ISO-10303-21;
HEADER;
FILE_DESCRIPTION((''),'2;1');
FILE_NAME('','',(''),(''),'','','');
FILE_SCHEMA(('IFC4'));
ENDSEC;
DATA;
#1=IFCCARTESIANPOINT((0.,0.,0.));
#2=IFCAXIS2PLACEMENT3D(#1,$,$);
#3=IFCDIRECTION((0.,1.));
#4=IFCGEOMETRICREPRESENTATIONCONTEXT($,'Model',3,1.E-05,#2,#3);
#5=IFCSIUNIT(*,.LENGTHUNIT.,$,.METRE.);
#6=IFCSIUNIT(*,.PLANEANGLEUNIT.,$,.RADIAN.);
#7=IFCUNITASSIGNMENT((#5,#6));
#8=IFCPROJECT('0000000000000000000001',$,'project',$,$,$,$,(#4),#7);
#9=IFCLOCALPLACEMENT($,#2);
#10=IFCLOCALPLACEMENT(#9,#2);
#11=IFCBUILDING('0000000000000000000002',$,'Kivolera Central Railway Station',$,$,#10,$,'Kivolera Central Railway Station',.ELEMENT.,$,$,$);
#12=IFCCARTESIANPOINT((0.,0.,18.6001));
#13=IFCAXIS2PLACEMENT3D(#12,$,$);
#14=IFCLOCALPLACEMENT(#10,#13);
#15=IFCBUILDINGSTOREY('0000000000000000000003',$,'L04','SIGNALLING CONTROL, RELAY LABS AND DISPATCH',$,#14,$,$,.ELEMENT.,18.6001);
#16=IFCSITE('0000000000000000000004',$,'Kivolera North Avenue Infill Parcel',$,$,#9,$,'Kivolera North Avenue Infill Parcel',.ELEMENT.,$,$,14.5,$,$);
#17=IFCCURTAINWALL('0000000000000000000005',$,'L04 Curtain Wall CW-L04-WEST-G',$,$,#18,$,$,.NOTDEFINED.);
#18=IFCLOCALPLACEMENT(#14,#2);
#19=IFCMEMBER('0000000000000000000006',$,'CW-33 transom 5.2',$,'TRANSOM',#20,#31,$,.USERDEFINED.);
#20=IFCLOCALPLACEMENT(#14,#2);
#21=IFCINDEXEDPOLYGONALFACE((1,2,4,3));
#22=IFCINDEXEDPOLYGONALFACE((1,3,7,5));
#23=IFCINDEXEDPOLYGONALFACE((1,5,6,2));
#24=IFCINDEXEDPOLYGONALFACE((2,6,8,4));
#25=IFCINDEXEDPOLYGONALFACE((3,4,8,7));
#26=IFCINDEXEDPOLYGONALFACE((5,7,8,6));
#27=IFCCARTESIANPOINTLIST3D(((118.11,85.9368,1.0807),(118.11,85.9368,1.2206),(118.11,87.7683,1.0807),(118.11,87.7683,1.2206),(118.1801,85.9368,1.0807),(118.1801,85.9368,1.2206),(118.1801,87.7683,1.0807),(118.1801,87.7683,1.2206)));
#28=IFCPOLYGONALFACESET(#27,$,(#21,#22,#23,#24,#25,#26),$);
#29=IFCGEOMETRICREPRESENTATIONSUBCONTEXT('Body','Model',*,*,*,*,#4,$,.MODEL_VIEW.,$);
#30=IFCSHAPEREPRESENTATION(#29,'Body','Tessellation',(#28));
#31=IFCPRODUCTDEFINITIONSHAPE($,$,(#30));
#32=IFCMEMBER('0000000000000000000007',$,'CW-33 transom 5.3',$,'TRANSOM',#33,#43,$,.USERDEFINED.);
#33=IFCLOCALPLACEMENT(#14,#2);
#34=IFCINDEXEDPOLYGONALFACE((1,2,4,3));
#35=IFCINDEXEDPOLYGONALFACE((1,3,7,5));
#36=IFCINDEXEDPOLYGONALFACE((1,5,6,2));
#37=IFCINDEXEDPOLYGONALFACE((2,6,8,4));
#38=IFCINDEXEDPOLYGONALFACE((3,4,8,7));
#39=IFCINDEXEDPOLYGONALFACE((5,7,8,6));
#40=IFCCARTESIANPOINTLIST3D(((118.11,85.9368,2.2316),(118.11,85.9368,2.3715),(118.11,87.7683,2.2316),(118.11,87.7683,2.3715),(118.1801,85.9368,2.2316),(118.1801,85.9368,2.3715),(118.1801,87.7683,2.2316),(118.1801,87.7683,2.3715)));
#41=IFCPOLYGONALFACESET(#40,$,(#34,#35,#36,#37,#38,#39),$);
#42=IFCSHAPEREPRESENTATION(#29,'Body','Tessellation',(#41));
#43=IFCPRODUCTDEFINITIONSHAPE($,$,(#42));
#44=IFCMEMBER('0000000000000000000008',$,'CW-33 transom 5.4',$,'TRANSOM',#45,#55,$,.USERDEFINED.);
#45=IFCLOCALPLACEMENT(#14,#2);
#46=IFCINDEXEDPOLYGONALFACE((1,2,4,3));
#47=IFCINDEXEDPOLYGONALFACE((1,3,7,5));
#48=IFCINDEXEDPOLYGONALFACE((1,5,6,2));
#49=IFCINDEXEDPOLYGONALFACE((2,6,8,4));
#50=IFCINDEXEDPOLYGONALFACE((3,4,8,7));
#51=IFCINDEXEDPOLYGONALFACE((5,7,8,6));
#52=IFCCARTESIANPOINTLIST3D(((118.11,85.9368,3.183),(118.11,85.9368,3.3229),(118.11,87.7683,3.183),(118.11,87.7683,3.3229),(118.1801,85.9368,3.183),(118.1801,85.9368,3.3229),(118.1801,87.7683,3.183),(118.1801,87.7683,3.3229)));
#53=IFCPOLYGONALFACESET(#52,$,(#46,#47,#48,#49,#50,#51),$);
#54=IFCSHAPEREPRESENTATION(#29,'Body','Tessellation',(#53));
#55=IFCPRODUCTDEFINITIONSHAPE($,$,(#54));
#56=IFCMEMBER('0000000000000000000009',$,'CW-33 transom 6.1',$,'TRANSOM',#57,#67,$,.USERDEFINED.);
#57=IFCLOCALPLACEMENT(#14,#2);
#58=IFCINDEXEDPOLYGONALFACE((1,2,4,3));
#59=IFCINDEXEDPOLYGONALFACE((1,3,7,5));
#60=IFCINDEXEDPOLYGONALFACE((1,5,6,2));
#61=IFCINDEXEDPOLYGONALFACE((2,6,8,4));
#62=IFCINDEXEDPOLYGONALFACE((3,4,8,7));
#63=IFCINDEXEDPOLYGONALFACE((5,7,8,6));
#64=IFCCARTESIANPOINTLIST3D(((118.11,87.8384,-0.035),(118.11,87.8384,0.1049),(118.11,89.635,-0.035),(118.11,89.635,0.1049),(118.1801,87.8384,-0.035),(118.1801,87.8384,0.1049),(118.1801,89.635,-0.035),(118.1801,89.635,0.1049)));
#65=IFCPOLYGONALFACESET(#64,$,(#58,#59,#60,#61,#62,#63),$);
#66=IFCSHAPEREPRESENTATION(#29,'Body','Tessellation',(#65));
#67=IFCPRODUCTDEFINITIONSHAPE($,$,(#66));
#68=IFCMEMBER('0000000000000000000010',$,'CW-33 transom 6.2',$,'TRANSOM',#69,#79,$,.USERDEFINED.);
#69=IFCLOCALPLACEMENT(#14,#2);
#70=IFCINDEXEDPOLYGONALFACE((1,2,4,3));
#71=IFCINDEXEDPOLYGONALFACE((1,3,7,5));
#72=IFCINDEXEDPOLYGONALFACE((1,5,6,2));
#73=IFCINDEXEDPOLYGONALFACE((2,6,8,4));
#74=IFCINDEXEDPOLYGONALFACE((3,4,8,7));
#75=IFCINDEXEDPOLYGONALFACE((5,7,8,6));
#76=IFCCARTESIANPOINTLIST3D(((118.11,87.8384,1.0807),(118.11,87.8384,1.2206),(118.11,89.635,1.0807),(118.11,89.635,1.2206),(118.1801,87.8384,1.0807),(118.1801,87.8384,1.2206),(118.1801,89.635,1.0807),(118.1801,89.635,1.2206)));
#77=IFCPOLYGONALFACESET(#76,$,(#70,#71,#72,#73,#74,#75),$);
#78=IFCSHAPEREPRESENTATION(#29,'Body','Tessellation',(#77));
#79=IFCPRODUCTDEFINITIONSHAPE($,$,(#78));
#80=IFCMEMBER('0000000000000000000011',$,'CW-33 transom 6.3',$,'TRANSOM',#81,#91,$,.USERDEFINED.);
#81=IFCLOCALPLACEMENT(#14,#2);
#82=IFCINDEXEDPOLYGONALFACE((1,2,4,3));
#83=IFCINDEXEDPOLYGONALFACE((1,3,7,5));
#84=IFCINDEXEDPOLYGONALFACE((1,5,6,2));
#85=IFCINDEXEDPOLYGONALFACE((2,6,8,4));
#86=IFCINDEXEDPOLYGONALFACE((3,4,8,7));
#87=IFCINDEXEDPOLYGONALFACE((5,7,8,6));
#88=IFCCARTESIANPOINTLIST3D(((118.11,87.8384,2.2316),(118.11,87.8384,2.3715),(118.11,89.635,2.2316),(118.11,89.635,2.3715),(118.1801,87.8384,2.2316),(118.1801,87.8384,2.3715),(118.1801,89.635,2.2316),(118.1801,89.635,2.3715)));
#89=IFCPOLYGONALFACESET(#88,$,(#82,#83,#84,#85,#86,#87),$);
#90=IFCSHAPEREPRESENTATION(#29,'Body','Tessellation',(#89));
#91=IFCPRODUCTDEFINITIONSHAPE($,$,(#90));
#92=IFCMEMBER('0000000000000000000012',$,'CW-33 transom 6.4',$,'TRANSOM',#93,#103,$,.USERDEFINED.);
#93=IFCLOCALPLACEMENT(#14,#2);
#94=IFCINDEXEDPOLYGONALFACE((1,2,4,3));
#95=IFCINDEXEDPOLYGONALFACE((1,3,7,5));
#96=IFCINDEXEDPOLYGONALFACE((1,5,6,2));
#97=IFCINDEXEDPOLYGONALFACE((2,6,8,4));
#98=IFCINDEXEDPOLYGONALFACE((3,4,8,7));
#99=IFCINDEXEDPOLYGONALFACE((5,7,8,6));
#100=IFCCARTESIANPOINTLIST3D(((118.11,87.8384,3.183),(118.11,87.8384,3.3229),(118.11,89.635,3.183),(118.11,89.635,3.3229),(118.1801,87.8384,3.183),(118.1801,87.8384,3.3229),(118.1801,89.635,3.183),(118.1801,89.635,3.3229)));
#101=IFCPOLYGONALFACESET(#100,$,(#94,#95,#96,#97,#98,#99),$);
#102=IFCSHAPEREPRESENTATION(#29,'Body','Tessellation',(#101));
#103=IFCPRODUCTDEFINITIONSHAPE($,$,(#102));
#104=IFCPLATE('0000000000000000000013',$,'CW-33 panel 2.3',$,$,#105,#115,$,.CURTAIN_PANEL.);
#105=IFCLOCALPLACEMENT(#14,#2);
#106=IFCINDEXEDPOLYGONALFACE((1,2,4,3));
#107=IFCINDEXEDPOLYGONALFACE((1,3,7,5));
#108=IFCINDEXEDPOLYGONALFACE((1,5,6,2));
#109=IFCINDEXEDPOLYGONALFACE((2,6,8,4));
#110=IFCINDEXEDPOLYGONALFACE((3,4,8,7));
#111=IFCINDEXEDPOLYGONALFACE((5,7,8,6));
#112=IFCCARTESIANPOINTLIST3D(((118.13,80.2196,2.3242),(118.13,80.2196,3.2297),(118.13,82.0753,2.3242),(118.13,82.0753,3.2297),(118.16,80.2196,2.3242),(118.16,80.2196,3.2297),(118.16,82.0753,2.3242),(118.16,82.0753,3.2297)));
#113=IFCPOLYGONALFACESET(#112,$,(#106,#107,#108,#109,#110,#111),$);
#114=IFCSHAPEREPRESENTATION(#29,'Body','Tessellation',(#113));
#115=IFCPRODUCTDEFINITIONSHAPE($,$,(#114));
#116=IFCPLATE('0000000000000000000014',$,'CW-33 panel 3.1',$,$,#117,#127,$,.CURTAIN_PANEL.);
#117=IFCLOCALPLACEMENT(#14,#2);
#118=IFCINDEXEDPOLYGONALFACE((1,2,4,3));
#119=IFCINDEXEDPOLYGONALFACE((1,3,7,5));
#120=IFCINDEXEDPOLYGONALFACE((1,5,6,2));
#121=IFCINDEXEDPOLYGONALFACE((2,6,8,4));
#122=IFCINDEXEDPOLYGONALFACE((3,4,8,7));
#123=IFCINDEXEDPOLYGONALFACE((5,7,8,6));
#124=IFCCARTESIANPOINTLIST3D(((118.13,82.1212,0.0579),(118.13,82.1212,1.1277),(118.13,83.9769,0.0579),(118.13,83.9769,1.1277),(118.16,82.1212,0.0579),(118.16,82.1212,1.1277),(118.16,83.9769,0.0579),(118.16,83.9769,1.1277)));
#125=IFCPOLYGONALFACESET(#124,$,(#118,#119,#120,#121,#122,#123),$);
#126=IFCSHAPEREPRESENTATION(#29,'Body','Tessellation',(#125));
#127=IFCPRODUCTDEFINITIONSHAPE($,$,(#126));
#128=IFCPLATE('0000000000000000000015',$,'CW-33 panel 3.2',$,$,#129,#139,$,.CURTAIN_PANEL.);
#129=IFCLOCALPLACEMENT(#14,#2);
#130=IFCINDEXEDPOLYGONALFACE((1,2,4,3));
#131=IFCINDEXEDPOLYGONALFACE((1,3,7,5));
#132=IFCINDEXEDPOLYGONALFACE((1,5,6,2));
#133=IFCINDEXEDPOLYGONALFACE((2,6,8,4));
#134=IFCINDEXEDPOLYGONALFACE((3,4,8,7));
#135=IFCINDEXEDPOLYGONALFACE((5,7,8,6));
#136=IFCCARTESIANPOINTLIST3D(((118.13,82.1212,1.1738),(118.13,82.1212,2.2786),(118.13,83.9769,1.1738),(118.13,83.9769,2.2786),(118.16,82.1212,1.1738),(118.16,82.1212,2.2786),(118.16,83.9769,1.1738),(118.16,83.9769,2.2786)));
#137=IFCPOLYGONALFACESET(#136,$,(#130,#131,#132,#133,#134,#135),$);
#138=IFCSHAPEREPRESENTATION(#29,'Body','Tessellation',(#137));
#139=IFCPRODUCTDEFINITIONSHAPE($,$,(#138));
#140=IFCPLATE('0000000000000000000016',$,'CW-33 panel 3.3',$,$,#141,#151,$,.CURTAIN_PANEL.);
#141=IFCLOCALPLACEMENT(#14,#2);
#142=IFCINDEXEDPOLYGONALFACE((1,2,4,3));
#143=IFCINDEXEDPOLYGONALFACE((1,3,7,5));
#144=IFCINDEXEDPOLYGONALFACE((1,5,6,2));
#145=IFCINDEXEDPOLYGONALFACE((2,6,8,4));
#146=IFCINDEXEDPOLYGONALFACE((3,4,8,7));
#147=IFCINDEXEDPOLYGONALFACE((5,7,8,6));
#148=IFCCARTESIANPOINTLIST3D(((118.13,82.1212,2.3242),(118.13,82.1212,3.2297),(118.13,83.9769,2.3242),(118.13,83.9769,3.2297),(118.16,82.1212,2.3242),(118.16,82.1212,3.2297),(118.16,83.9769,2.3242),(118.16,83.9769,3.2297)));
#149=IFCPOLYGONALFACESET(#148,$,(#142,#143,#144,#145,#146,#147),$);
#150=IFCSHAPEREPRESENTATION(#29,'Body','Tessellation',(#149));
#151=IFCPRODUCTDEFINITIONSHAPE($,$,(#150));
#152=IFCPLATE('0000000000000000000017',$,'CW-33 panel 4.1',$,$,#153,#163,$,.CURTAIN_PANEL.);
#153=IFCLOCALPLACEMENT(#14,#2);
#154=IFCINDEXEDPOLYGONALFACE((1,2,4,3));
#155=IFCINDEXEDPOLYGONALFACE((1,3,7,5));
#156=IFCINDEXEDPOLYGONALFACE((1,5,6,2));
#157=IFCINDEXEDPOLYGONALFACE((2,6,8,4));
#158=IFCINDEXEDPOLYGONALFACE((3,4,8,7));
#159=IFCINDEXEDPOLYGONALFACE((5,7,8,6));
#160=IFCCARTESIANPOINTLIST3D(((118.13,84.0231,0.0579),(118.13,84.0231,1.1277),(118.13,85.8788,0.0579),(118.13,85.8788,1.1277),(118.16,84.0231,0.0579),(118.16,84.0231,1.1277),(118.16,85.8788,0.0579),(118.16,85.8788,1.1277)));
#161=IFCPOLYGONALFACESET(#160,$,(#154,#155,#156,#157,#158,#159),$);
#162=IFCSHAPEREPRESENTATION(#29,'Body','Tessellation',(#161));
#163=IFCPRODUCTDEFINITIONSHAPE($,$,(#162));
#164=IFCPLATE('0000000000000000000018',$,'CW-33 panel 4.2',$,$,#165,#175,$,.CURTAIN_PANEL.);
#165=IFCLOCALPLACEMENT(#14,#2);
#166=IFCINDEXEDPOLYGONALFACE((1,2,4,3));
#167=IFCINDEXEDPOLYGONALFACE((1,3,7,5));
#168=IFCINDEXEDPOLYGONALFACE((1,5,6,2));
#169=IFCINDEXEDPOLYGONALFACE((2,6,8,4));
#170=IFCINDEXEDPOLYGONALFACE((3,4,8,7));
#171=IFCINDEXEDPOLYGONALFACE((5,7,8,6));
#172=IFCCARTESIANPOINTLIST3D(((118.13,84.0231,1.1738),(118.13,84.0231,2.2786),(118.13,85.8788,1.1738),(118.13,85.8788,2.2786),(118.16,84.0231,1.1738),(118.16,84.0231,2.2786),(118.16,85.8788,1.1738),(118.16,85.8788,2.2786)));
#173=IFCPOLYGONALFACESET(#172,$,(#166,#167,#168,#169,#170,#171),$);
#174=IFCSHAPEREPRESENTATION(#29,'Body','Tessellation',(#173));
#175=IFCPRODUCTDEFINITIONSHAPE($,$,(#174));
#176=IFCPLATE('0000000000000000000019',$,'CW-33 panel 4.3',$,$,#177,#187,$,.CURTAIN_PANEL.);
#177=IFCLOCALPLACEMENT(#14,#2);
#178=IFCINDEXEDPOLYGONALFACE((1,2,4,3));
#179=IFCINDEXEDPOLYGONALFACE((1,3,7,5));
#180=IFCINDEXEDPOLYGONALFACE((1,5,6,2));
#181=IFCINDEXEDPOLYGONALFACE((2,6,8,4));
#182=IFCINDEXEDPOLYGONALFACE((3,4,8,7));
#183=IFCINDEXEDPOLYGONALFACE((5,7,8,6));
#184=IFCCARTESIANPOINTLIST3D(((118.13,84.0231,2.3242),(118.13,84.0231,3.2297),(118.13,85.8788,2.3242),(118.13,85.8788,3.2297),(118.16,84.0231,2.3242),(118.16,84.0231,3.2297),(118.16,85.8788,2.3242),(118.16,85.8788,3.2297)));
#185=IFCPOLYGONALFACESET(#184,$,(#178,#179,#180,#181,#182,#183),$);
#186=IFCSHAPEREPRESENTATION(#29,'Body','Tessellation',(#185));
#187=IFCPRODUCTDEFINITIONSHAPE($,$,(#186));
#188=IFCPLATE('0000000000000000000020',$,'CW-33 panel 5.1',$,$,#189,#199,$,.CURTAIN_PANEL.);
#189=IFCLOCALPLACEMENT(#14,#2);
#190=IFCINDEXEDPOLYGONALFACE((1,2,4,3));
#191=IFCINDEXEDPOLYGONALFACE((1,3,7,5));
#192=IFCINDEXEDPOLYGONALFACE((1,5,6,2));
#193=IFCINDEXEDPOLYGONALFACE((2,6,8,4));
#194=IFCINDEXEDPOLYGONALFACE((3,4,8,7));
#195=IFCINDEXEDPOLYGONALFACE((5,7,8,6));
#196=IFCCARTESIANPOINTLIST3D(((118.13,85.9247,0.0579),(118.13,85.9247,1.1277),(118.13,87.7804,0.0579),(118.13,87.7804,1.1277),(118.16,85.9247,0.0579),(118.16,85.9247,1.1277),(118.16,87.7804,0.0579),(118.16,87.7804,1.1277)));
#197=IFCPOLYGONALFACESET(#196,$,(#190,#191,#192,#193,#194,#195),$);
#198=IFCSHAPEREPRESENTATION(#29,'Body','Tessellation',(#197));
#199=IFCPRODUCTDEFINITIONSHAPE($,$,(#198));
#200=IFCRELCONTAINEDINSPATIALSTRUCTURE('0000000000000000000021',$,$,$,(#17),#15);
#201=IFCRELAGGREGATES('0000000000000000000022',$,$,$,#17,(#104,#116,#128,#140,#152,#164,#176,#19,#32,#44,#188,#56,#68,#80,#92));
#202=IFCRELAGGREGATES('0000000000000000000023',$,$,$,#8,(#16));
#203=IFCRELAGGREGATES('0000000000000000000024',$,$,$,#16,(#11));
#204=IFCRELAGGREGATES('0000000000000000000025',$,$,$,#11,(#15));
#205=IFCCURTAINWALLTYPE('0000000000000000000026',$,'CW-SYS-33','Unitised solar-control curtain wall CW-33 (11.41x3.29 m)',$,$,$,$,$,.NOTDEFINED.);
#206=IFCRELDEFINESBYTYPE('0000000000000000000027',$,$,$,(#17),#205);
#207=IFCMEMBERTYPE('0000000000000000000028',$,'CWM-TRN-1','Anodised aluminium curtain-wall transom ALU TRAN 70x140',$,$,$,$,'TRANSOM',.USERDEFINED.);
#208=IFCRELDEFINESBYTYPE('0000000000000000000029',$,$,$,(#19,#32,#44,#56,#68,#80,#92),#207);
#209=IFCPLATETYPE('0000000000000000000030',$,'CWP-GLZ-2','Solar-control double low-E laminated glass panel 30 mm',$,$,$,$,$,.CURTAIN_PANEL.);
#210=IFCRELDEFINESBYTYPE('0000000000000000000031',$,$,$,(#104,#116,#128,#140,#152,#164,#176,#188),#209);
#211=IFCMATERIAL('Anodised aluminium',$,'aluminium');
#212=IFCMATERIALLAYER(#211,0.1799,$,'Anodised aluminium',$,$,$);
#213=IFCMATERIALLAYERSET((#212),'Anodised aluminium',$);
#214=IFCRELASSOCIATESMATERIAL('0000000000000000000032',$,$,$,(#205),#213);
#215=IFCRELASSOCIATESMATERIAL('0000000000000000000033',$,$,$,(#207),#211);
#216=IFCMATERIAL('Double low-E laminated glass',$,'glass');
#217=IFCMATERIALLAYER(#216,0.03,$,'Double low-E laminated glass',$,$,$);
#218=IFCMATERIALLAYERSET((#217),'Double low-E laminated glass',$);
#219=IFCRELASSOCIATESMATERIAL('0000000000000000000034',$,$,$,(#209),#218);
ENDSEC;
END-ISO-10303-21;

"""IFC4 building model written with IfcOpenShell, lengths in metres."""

from ifc_helpers import new_model, si_unit, direction, frame, origin, origin_2d, place, context, subcontext, project, spatial, rectangle, extrude, material, layer, layer_set, material_profile, profile_set, type_object, element, aggregate, save


model = new_model("IFC4")

# Units and contexts
model_context = context("Model", 3, precision=1e-05, world=origin(), true_north=direction((0.0, 1.0)))
body_context = subcontext(model_context, "Body", "Model", "MODEL_VIEW")
ifc_project = project(units=[si_unit("LENGTHUNIT", "METRE"), si_unit("PLANEANGLEUNIT", "RADIAN")], contexts=[model_context])

# Site, building, storey
site_placement = place(None, origin())
site = spatial("IfcSite", under=ifc_project, at=site_placement, Name="Kivolera North Avenue Infill Parcel", LongName="Kivolera North Avenue Infill Parcel", CompositionType="ELEMENT", RefElevation=14.5)
building_placement = place(site_placement, origin())
building = spatial("IfcBuilding", under=site, at=building_placement, Name="Kivolera Central Railway Station", LongName="Kivolera Central Railway Station", CompositionType="ELEMENT")
storey_placement = place(building_placement, frame((0.0, 0.0, 18.6001)))
storey = spatial("IfcBuildingStorey", under=building, at=storey_placement, Name="L04", Description="SIGNALLING CONTROL, RELAY LABS AND DISPATCH", CompositionType="ELEMENT", Elevation=18.6001)

# Curtain wall
ifc_material_1 = material(Name="Anodised aluminium", Category="aluminium")
ifc_layer_1 = layer(ifc_material_1, 0.1799, Name="Anodised aluminium")
ifc_layer_set_1 = layer_set([ifc_layer_1], Name="Anodised aluminium")
curtain_wall_type = type_object("IfcCurtainWallType", Name="CW-SYS-33", Description="Unitised solar-control curtain wall CW-33 (11.41x3.29 m)", PredefinedType="NOTDEFINED", material=ifc_layer_set_1)
curtain_wall_1_placement = place(storey_placement, origin())
curtain_wall_1 = element("IfcCurtainWall", 1, at=curtain_wall_1_placement, inside=storey, type_object=curtain_wall_type, Name="L04 Curtain Wall CW-L04-WEST-G", PredefinedType="NOTDEFINED")

# Members
ifc_material_profile_1 = material_profile(ifc_material_1, rectangle(XDim=0.0701, YDim=0.1399, at=origin_2d()), Name="ALU TRAN 70x140")
ifc_profile_set_1 = profile_set([ifc_material_profile_1], Name="Anodised aluminium")
member_type_1 = type_object("IfcMemberType", Name="CWM-TRN-1", Description="Anodised aluminium curtain-wall transom ALU TRAN 70x140", ElementType="TRANSOM", PredefinedType="USERDEFINED", material=ifc_profile_set_1)
member_1_placement = place(storey_placement, frame((118.145, 85.9368, 1.1506), z_axis=(0.0, 1.0, 0.0), x_axis=(-1.0, 0.0, 0.0)))
member_1 = element("IfcMember", 2, at=member_1_placement, type_object=member_type_1, Name="CW-33 transom 5.2", ObjectType="TRANSOM", PredefinedType="USERDEFINED", context=body_context, shape_type="SweptSolid", body=[
    extrude(rectangle(XDim=0.0701, YDim=0.1399, at=origin_2d()), origin(), (0.0, 0.0, 1.0), 1.8315),
])
member_2_placement = place(storey_placement, frame((118.145, 85.9368, 2.3015), z_axis=(0.0, 1.0, 0.0), x_axis=(-1.0, 0.0, 0.0)))
member_2 = element("IfcMember", 3, at=member_2_placement, type_object=member_type_1, Name="CW-33 transom 5.3", ObjectType="TRANSOM", PredefinedType="USERDEFINED", context=body_context, shape_type="SweptSolid", body=[
    extrude(rectangle(XDim=0.0701, YDim=0.1399, at=origin_2d()), origin(), (0.0, 0.0, 1.0), 1.8315),
])
member_3_placement = place(storey_placement, frame((118.145, 85.9368, 3.2529), z_axis=(0.0, 1.0, 0.0), x_axis=(-1.0, 0.0, 0.0)))
member_3 = element("IfcMember", 4, at=member_3_placement, type_object=member_type_1, Name="CW-33 transom 5.4", ObjectType="TRANSOM", PredefinedType="USERDEFINED", context=body_context, shape_type="SweptSolid", body=[
    extrude(rectangle(XDim=0.0701, YDim=0.1399, at=origin_2d()), origin(), (0.0, 0.0, 1.0), 1.8315),
])
member_4_placement = place(storey_placement, frame((118.145, 87.8384, 0.0349), z_axis=(0.0, 1.0, 0.0), x_axis=(-1.0, 0.0, 0.0)))
member_4 = element("IfcMember", 5, at=member_4_placement, type_object=member_type_1, Name="CW-33 transom 6.1", ObjectType="TRANSOM", PredefinedType="USERDEFINED", context=body_context, shape_type="SweptSolid", body=[
    extrude(rectangle(XDim=0.0701, YDim=0.1399, at=origin_2d()), origin(), (0.0, 0.0, 1.0), 1.7966),
])
member_5_placement = place(storey_placement, frame((118.145, 87.8384, 1.1506), z_axis=(0.0, 1.0, 0.0), x_axis=(-1.0, 0.0, 0.0)))
member_5 = element("IfcMember", 6, at=member_5_placement, type_object=member_type_1, Name="CW-33 transom 6.2", ObjectType="TRANSOM", PredefinedType="USERDEFINED", context=body_context, shape_type="SweptSolid", body=[
    extrude(rectangle(XDim=0.0701, YDim=0.1399, at=origin_2d()), origin(), (0.0, 0.0, 1.0), 1.7966),
])
member_6_placement = place(storey_placement, frame((118.145, 87.8384, 2.3015), z_axis=(0.0, 1.0, 0.0), x_axis=(-1.0, 0.0, 0.0)))
member_6 = element("IfcMember", 7, at=member_6_placement, type_object=member_type_1, Name="CW-33 transom 6.3", ObjectType="TRANSOM", PredefinedType="USERDEFINED", context=body_context, shape_type="SweptSolid", body=[
    extrude(rectangle(XDim=0.0701, YDim=0.1399, at=origin_2d()), origin(), (0.0, 0.0, 1.0), 1.7966),
])
member_7_placement = place(storey_placement, frame((118.145, 87.8384, 3.2529), z_axis=(0.0, 1.0, 0.0), x_axis=(-1.0, 0.0, 0.0)))
member_7 = element("IfcMember", 8, at=member_7_placement, type_object=member_type_1, Name="CW-33 transom 6.4", ObjectType="TRANSOM", PredefinedType="USERDEFINED", context=body_context, shape_type="SweptSolid", body=[
    extrude(rectangle(XDim=0.0701, YDim=0.1399, at=origin_2d()), origin(), (0.0, 0.0, 1.0), 1.7966),
])

# Plates
ifc_material_2 = material(Name="Double low-E laminated glass", Category="glass")
ifc_layer_2 = layer(ifc_material_2, 0.03, Name="Double low-E laminated glass")
ifc_layer_set_2 = layer_set([ifc_layer_2], Name="Double low-E laminated glass")
plate_type = type_object("IfcPlateType", Name="CWP-GLZ-2", Description="Solar-control double low-E laminated glass panel 30 mm", PredefinedType="CURTAIN_PANEL", material=ifc_layer_set_2)
plate_1_placement = place(storey_placement, frame((118.145, 81.1475, 2.3242), z_axis=(0.0, 0.0, 1.0), x_axis=(0.0, 1.0, 0.0)))
plate_1 = element("IfcPlate", 9, at=plate_1_placement, type_object=plate_type, Name="CW-33 panel 2.3", PredefinedType="CURTAIN_PANEL", context=body_context, shape_type="SweptSolid", body=[
    extrude(rectangle(XDim=1.8557, YDim=0.03, at=origin_2d()), origin(), (0.0, 0.0, 1.0), 0.9055),
])
plate_2_placement = place(storey_placement, frame((118.145, 83.0491, 0.0579), z_axis=(0.0, 0.0, 1.0), x_axis=(0.0, 1.0, 0.0)))
plate_2 = element("IfcPlate", 10, at=plate_2_placement, type_object=plate_type, Name="CW-33 panel 3.1", PredefinedType="CURTAIN_PANEL", context=body_context, shape_type="SweptSolid", body=[
    extrude(rectangle(XDim=1.8557, YDim=0.03, at=origin_2d()), origin(), (0.0, 0.0, 1.0), 1.0698),
])
plate_3_placement = place(storey_placement, frame((118.145, 83.0491, 1.1738), z_axis=(0.0, 0.0, 1.0), x_axis=(0.0, 1.0, 0.0)))
plate_3 = element("IfcPlate", 11, at=plate_3_placement, type_object=plate_type, Name="CW-33 panel 3.2", PredefinedType="CURTAIN_PANEL", context=body_context, shape_type="SweptSolid", body=[
    extrude(rectangle(XDim=1.8557, YDim=0.03, at=origin_2d()), origin(), (0.0, 0.0, 1.0), 1.1047),
])
plate_4_placement = place(storey_placement, frame((118.145, 83.0491, 2.3242), z_axis=(0.0, 0.0, 1.0), x_axis=(0.0, 1.0, 0.0)))
plate_4 = element("IfcPlate", 12, at=plate_4_placement, type_object=plate_type, Name="CW-33 panel 3.3", PredefinedType="CURTAIN_PANEL", context=body_context, shape_type="SweptSolid", body=[
    extrude(rectangle(XDim=1.8557, YDim=0.03, at=origin_2d()), origin(), (0.0, 0.0, 1.0), 0.9055),
])
plate_5_placement = place(storey_placement, frame((118.145, 84.9509, 0.0579), z_axis=(0.0, 0.0, 1.0), x_axis=(0.0, 1.0, 0.0)))
plate_5 = element("IfcPlate", 13, at=plate_5_placement, type_object=plate_type, Name="CW-33 panel 4.1", PredefinedType="CURTAIN_PANEL", context=body_context, shape_type="SweptSolid", body=[
    extrude(rectangle(XDim=1.8557, YDim=0.03, at=origin_2d()), origin(), (0.0, 0.0, 1.0), 1.0698),
])
plate_6_placement = place(storey_placement, frame((118.145, 84.9509, 1.1738), z_axis=(0.0, 0.0, 1.0), x_axis=(0.0, 1.0, 0.0)))
plate_6 = element("IfcPlate", 14, at=plate_6_placement, type_object=plate_type, Name="CW-33 panel 4.2", PredefinedType="CURTAIN_PANEL", context=body_context, shape_type="SweptSolid", body=[
    extrude(rectangle(XDim=1.8557, YDim=0.03, at=origin_2d()), origin(), (0.0, 0.0, 1.0), 1.1047),
])
plate_7_placement = place(storey_placement, frame((118.145, 84.9509, 2.3242), z_axis=(0.0, 0.0, 1.0), x_axis=(0.0, 1.0, 0.0)))
plate_7 = element("IfcPlate", 15, at=plate_7_placement, type_object=plate_type, Name="CW-33 panel 4.3", PredefinedType="CURTAIN_PANEL", context=body_context, shape_type="SweptSolid", body=[
    extrude(rectangle(XDim=1.8557, YDim=0.03, at=origin_2d()), origin(), (0.0, 0.0, 1.0), 0.9055),
])
plate_8_placement = place(storey_placement, frame((118.145, 86.8525, 0.0579), z_axis=(0.0, 0.0, 1.0), x_axis=(0.0, 1.0, 0.0)))
plate_8 = element("IfcPlate", 16, at=plate_8_placement, type_object=plate_type, Name="CW-33 panel 5.1", PredefinedType="CURTAIN_PANEL", context=body_context, shape_type="SweptSolid", body=[
    extrude(rectangle(XDim=1.8557, YDim=0.03, at=origin_2d()), origin(), (0.0, 0.0, 1.0), 1.0698),
])
aggregate(curtain_wall_1, [plate_1, plate_2, plate_3, plate_4, plate_5, plate_6, plate_7, member_1, member_2, member_3, plate_8, member_4, member_5, member_6, member_7])

save(model, "model.ifc")
